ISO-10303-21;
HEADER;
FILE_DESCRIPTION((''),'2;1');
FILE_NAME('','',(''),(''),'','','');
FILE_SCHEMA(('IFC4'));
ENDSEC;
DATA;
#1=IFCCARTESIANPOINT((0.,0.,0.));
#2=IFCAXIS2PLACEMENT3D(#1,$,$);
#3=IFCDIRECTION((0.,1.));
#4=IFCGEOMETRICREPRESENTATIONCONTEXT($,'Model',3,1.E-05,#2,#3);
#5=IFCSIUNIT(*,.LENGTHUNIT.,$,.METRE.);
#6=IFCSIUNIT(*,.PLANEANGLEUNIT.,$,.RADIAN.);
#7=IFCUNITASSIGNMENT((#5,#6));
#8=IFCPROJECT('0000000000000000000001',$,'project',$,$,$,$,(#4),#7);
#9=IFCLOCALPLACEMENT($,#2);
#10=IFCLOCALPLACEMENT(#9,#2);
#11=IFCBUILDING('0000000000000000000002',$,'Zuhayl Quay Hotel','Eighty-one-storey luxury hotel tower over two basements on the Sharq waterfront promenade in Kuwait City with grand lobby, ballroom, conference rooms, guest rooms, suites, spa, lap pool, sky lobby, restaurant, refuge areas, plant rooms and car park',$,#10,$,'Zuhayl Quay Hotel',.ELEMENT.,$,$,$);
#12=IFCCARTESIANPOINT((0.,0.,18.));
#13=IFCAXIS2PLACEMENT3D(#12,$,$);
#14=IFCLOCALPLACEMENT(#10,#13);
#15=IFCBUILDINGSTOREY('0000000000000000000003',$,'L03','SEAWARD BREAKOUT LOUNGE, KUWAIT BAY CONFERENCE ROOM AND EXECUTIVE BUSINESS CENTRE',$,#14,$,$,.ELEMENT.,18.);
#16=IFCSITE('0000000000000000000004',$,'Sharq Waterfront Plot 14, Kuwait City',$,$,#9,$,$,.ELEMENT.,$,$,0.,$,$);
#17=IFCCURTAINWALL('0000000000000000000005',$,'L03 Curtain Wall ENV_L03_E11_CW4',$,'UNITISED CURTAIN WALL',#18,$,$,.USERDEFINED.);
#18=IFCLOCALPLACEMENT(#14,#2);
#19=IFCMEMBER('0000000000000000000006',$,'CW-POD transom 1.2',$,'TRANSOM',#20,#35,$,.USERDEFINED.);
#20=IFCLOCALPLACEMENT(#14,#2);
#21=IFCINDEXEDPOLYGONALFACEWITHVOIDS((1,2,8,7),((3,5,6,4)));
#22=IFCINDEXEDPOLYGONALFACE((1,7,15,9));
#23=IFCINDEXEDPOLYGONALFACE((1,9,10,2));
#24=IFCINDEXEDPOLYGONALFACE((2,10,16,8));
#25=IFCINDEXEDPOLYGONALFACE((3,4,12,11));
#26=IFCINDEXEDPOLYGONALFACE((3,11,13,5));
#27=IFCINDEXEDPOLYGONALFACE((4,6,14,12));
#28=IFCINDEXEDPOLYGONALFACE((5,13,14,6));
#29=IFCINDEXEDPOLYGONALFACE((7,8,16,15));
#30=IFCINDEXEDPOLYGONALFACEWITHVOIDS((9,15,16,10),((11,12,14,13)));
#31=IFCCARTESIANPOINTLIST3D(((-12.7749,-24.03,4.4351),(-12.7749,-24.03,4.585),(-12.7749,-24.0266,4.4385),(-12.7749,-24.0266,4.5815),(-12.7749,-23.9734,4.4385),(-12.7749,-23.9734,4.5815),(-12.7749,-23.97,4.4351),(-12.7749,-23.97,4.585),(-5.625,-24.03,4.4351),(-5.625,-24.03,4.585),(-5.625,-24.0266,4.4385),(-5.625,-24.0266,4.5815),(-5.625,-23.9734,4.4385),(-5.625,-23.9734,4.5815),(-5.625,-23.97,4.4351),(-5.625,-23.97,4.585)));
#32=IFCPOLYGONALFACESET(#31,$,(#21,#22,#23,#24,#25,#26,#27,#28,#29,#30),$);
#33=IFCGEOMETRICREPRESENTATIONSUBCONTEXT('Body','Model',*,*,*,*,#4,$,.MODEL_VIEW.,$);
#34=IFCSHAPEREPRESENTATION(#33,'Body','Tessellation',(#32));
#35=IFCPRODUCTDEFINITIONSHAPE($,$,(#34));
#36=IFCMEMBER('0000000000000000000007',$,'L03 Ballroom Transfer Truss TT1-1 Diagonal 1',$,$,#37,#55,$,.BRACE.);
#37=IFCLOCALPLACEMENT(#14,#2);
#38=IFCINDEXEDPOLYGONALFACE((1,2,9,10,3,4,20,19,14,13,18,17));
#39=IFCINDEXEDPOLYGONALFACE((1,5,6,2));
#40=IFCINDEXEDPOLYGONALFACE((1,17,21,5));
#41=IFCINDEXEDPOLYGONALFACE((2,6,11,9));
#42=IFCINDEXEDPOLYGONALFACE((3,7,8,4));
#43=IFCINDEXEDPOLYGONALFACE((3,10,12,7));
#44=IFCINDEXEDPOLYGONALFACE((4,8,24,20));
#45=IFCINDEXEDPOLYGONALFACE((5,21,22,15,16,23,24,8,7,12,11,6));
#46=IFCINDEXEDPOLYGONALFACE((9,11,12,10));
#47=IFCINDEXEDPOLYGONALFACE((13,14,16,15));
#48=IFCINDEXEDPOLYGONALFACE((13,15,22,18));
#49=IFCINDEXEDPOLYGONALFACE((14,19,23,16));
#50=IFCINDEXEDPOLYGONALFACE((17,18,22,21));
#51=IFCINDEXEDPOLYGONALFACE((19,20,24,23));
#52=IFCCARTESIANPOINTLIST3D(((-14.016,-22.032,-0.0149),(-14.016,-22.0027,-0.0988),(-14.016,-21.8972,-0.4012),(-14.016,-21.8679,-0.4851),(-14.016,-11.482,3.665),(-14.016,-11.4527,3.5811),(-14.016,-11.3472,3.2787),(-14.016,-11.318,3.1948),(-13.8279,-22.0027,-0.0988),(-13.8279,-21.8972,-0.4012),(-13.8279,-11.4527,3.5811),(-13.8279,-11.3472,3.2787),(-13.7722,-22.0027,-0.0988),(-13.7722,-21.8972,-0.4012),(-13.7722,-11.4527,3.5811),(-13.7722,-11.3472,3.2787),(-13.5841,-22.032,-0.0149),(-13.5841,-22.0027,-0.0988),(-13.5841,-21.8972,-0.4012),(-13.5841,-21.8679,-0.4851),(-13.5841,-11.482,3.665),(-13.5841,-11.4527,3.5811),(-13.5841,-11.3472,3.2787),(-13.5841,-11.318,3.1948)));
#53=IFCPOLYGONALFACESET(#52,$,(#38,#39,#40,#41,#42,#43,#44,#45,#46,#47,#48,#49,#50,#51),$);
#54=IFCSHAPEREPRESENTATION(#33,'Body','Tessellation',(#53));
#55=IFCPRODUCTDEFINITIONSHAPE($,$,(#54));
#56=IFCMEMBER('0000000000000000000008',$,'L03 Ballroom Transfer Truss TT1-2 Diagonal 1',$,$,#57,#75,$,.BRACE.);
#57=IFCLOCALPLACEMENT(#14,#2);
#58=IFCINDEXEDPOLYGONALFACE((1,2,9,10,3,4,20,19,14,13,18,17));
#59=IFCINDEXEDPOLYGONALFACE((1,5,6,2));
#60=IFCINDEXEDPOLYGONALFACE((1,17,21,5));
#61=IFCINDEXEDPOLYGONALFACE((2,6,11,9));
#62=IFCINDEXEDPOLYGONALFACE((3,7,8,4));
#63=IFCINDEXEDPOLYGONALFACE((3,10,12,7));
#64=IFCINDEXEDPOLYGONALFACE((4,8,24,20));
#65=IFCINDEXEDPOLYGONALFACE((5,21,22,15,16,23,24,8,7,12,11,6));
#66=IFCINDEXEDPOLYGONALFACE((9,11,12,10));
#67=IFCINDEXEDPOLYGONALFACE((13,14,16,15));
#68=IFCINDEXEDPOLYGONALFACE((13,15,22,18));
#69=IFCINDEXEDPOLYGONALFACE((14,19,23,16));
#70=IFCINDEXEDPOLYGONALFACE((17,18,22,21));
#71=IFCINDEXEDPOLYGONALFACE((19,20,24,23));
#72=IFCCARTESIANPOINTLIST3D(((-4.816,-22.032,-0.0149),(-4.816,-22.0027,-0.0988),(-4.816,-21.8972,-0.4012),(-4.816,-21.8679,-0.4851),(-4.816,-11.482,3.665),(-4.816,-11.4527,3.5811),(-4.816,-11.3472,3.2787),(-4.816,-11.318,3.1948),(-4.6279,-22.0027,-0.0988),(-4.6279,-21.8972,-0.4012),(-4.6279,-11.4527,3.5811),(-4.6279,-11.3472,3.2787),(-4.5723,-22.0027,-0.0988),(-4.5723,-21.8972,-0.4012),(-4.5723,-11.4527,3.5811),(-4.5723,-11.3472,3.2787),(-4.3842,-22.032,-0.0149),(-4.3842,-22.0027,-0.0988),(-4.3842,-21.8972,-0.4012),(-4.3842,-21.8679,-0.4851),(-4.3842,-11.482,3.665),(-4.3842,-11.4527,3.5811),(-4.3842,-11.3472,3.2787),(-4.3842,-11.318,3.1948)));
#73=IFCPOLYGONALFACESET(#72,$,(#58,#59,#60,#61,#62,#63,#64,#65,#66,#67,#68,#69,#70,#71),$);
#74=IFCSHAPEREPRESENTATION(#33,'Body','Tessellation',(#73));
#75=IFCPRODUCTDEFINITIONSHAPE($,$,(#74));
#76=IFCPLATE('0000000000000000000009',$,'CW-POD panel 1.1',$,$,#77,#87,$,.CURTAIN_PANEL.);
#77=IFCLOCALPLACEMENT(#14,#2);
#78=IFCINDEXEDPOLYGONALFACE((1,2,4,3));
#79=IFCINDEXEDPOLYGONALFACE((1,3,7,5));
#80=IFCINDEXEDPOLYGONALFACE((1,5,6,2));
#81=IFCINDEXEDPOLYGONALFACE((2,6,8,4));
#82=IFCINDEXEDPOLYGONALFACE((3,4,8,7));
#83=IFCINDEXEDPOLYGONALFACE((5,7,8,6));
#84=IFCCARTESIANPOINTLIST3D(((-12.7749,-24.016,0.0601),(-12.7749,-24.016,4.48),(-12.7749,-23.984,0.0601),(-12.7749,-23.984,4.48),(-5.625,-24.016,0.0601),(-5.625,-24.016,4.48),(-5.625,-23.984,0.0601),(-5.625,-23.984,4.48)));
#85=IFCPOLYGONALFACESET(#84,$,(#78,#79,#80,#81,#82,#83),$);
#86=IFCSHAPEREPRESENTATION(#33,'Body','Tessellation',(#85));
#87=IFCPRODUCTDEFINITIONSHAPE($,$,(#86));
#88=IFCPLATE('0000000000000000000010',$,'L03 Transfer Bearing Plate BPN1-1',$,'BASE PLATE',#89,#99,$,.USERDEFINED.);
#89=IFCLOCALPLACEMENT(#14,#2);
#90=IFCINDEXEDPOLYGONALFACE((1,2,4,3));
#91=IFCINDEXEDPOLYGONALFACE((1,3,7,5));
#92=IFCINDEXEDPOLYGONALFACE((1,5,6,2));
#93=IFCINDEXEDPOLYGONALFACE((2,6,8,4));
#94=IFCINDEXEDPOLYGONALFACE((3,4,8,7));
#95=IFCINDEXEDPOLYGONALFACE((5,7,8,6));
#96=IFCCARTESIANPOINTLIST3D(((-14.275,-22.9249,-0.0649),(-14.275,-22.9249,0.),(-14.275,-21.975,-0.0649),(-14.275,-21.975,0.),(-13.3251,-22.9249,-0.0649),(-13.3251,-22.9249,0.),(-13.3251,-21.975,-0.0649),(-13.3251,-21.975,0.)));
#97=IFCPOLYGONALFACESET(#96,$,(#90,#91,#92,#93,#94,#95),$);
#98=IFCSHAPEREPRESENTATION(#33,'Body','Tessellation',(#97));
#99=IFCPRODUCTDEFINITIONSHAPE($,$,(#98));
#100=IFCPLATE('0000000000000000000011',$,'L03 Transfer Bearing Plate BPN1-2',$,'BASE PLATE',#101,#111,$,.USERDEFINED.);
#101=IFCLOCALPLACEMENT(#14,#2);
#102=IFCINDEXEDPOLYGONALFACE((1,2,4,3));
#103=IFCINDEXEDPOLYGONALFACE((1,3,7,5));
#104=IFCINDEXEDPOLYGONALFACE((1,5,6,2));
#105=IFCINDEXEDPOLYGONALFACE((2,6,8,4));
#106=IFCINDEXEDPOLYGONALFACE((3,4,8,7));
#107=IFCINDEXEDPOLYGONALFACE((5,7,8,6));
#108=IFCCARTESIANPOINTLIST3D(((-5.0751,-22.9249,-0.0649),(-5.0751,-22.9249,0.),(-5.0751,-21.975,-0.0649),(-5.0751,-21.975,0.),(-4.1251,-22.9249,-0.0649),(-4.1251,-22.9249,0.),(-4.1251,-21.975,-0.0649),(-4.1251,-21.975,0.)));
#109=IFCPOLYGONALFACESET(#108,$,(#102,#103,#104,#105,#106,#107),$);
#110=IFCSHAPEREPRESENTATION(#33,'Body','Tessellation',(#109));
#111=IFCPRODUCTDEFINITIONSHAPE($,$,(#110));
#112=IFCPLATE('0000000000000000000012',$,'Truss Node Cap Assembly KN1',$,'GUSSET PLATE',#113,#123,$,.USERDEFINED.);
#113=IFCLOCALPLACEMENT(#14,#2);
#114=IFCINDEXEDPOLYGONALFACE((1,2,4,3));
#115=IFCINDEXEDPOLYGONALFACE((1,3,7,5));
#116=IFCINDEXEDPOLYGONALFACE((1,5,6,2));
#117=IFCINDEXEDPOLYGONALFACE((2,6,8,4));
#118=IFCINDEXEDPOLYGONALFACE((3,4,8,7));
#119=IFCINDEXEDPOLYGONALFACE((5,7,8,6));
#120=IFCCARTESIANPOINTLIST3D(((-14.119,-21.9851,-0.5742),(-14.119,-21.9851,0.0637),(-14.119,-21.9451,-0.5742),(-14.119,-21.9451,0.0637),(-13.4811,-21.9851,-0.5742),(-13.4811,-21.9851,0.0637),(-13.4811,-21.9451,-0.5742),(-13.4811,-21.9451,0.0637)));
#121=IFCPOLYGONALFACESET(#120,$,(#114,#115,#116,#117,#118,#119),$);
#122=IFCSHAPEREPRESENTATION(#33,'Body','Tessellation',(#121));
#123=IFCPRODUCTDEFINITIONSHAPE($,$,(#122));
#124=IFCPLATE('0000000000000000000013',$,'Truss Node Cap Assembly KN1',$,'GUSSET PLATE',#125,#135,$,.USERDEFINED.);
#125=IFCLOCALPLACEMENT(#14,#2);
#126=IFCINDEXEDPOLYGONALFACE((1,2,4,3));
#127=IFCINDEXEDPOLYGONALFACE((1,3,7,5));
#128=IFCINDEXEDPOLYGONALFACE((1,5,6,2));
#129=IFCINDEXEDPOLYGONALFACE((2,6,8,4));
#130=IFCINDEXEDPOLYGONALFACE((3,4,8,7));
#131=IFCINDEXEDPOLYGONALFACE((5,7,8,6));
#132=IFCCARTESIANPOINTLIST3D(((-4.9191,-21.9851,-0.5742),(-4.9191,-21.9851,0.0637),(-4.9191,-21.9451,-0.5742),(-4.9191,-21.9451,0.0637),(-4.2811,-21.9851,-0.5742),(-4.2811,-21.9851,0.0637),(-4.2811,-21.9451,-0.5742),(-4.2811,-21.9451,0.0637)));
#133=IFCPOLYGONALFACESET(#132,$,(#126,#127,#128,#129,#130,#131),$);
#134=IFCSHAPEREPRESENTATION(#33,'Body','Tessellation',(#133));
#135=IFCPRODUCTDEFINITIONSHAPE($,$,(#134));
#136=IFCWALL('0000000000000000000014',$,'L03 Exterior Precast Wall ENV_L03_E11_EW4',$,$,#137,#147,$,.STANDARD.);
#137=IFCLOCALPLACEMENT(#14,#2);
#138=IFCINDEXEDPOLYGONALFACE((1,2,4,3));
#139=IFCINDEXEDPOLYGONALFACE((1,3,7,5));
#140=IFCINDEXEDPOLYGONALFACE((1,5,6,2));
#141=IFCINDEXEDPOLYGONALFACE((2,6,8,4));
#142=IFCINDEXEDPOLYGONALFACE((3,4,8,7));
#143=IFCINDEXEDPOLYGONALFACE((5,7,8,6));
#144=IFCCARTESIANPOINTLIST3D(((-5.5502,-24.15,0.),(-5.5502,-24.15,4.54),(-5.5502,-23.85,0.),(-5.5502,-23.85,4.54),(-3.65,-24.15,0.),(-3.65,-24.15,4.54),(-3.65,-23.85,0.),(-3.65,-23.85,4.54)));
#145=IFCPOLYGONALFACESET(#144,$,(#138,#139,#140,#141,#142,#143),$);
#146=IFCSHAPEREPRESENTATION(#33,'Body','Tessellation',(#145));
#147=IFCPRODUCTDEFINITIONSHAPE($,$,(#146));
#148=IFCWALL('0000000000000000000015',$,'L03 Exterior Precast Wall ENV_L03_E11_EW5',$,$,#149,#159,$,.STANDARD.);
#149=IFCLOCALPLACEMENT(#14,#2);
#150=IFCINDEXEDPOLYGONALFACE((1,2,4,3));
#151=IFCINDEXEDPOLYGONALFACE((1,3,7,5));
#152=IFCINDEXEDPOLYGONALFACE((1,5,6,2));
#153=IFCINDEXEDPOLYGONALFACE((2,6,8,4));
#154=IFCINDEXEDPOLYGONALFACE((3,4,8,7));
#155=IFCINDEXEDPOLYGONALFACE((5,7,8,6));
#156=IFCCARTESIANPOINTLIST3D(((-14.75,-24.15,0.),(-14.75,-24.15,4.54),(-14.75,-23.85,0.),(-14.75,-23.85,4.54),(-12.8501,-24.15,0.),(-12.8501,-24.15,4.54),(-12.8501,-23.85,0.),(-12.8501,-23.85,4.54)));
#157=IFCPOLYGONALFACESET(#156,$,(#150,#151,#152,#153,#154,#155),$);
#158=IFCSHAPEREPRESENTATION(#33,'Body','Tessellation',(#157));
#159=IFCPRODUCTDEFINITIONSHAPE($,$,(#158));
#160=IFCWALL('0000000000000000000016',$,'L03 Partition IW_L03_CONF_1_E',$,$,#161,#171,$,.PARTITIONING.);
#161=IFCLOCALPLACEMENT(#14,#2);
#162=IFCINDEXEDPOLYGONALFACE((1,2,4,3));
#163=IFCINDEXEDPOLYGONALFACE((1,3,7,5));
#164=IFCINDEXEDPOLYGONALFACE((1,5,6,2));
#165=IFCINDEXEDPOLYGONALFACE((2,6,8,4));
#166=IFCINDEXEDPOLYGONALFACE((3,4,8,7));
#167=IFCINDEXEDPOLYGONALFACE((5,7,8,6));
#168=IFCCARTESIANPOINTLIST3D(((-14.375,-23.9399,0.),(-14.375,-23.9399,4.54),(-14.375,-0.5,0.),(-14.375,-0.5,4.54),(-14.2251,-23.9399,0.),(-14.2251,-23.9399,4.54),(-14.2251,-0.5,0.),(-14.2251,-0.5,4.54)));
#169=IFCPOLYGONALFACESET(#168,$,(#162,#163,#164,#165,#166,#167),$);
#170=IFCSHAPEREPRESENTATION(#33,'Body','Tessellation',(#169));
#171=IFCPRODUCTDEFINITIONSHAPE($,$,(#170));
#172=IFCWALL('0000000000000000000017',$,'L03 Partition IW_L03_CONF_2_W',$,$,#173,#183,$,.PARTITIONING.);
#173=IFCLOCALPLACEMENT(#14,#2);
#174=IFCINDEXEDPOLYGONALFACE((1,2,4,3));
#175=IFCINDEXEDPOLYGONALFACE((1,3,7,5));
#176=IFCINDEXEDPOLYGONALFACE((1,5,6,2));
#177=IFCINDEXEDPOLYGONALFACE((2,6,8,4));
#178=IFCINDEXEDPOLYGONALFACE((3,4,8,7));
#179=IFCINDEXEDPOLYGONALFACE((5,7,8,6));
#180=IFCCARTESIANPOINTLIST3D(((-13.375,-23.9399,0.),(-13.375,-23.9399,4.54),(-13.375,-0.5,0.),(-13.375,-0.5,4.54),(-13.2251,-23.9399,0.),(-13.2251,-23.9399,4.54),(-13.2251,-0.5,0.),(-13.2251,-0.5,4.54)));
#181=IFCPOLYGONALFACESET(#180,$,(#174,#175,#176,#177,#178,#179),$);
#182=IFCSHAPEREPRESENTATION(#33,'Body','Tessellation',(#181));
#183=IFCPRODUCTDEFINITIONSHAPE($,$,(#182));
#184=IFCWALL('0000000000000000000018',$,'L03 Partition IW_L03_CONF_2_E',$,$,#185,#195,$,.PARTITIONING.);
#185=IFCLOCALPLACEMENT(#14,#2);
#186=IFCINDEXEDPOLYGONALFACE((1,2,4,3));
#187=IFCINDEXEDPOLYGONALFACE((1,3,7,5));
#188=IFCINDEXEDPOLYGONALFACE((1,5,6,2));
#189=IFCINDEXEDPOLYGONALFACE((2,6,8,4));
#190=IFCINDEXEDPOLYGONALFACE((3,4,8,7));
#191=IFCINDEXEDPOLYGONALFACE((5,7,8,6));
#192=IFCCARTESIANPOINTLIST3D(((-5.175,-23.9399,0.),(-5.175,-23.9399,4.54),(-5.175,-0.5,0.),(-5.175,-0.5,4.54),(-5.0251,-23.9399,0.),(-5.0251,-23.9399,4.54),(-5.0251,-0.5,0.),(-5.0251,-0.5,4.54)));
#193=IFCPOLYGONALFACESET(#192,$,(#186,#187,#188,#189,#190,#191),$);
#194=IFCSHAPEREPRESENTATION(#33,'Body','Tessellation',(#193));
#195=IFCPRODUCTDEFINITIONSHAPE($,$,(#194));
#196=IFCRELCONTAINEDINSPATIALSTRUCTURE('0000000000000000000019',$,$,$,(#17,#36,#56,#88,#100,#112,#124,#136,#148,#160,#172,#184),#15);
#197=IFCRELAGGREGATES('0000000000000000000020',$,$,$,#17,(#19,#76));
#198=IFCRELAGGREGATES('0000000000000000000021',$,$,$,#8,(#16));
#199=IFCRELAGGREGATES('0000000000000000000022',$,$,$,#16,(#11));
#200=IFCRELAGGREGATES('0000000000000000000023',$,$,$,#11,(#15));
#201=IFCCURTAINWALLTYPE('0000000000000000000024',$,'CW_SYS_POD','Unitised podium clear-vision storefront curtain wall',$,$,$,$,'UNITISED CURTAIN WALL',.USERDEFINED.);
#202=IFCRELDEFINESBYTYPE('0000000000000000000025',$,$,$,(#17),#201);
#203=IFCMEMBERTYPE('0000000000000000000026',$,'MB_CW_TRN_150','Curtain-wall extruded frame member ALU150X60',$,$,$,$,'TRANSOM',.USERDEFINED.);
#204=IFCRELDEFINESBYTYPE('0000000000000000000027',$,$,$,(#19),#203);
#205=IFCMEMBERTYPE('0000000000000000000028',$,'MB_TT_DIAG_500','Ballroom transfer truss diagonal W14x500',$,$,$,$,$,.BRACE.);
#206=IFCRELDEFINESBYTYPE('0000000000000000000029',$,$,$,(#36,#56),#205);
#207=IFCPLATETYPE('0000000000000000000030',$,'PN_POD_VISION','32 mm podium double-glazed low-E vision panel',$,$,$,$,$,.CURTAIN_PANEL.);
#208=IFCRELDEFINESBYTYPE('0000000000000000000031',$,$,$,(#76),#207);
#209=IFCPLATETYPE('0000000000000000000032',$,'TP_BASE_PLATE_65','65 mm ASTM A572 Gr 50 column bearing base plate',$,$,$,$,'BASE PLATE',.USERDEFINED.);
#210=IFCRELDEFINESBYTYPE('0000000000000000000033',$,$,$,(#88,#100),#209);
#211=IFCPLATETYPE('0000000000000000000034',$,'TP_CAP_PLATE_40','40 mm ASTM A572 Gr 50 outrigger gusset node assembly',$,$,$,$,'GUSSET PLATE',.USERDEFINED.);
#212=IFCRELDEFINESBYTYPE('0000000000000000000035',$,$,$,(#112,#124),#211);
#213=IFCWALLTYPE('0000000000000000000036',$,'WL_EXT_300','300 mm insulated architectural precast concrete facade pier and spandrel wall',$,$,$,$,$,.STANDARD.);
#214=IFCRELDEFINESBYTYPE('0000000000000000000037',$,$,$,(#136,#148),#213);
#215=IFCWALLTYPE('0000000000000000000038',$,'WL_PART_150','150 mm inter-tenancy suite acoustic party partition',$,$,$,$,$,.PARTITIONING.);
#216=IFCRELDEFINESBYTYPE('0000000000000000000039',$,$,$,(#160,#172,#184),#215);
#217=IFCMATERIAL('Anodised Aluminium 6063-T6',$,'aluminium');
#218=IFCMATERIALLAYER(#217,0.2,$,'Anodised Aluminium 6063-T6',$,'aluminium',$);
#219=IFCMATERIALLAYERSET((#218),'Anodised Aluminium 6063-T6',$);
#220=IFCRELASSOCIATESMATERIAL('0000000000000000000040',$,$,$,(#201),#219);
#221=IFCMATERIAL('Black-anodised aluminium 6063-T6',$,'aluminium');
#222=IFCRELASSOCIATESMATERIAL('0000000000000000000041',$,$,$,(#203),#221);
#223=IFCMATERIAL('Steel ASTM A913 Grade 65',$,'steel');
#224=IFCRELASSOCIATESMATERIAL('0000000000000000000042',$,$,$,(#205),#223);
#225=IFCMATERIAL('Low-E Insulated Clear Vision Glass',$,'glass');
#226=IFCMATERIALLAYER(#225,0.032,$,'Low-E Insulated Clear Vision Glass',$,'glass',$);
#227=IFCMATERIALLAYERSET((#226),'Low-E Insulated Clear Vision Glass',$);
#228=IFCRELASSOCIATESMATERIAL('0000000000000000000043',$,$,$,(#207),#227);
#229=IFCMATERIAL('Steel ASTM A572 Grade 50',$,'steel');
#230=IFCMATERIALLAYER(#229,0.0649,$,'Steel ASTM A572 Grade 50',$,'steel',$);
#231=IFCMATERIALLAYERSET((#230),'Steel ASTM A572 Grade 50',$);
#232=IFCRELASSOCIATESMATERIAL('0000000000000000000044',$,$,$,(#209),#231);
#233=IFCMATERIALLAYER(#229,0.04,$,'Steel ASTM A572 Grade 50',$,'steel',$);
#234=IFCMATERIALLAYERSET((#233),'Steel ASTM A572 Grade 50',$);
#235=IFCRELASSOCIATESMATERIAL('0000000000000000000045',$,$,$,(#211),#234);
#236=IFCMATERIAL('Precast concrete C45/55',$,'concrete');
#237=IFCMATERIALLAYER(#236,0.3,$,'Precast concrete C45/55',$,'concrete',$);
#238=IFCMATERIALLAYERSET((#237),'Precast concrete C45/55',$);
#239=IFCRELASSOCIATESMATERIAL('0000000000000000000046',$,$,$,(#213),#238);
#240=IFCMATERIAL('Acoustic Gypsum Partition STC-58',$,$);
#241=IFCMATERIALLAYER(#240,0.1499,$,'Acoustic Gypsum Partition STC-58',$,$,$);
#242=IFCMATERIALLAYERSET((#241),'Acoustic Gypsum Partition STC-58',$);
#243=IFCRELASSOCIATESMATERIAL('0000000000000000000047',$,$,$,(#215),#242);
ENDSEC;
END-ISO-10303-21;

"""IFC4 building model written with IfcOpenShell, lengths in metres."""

from ifc_helpers import new_model, si_unit, direction, frame, frame_2d, origin, origin_2d, place, context, subcontext, project, spatial, rectangle, hollow_rectangle, i_section, extrude, material, layer, layer_set, material_profile, profile_set, type_object, element, aggregate, save


model = new_model("IFC4")

# Units and contexts
model_context = context("Model", 3, precision=1e-05, world=origin(), true_north=direction((0.0, 1.0)))
body_context = subcontext(model_context, "Body", "Model", "MODEL_VIEW")
ifc_project = project(units=[si_unit("LENGTHUNIT", "METRE"), si_unit("PLANEANGLEUNIT", "RADIAN")], contexts=[model_context])

# Site, building, storey
site_placement = place(None, origin())
site = spatial("IfcSite", under=ifc_project, at=site_placement, Name="Sharq Waterfront Plot 14, Kuwait City", CompositionType="ELEMENT", RefElevation=0.0)
building_placement = place(site_placement, origin())
building = spatial("IfcBuilding", under=site, at=building_placement, Name="Zuhayl Quay Hotel", Description="Eighty-one-storey luxury hotel tower over two basements on the Sharq waterfront promenade in Kuwait City with grand lobby, ballroom, conference rooms, guest rooms, suites, spa, lap pool, sky lobby, restaurant, refuge areas, plant rooms and car park", LongName="Zuhayl Quay Hotel", CompositionType="ELEMENT")
storey_placement = place(building_placement, frame((0.0, 0.0, 18.0)))
storey = spatial("IfcBuildingStorey", under=building, at=storey_placement, Name="L03", Description="SEAWARD BREAKOUT LOUNGE, KUWAIT BAY CONFERENCE ROOM AND EXECUTIVE BUSINESS CENTRE", CompositionType="ELEMENT", Elevation=18.0)

# Shared definitions
ifc_material_1 = material(Name="Steel ASTM A913 Grade 65", Category="steel")

# Shared definitions
ifc_material_2 = material(Name="Anodised Aluminium 6063-T6", Category="aluminium")
ifc_layer_1 = layer(ifc_material_2, 0.2, Name="Anodised Aluminium 6063-T6", Category="aluminium")
ifc_layer_set_1 = layer_set([ifc_layer_1], Name="Anodised Aluminium 6063-T6")
curtain_wall_type = type_object("IfcCurtainWallType", Name="CW_SYS_POD", Description="Unitised podium clear-vision storefront curtain wall", ElementType="UNITISED CURTAIN WALL", PredefinedType="USERDEFINED", material=ifc_layer_set_1)
ifc_material_3 = material(Name="Black-anodised aluminium 6063-T6", Category="aluminium")

# Curtain wall, member
curtain_wall_1_placement = place(storey_placement, origin())
curtain_wall_1 = element("IfcCurtainWall", 1, at=curtain_wall_1_placement, inside=storey, type_object=curtain_wall_type, Name="L03 Curtain Wall ENV_L03_E11_CW4", ObjectType="UNITISED CURTAIN WALL", PredefinedType="USERDEFINED")
ifc_material_profile_1 = material_profile(ifc_material_3, hollow_rectangle(XDim=0.0601, YDim=0.1499, WallThickness=0.0034, at=origin_2d()), Name="ALU150X60")
ifc_profile_set_1 = profile_set([ifc_material_profile_1], Name="Black-anodised aluminium 6063-T6")
member_type_1 = type_object("IfcMemberType", Name="MB_CW_TRN_150", Description="Curtain-wall extruded frame member ALU150X60", ElementType="TRANSOM", PredefinedType="USERDEFINED", material=ifc_profile_set_1)
member_1_placement = place(storey_placement, frame((-5.625, -24.0, 4.51), z_axis=(-1.0, 0.0, 0.0), x_axis=(0.0, -1.0, 0.0)))
member_1 = element("IfcMember", 2, at=member_1_placement, type_object=member_type_1, Name="CW-POD transom 1.2", ObjectType="TRANSOM", PredefinedType="USERDEFINED", context=body_context, shape_type="SweptSolid", body=[
    extrude(hollow_rectangle(XDim=0.0601, YDim=0.1499, WallThickness=0.0034, at=origin_2d()), origin(), (0.0, 0.0, 1.0), 7.1499),
])

# Members
ifc_material_profile_2 = material_profile(ifc_material_1, i_section(OverallWidth=0.4319, OverallDepth=0.498, WebThickness=0.0557, FlangeThickness=0.0889, at=origin_2d()), Name="W14X500")
ifc_profile_set_2 = profile_set([ifc_material_profile_2], Name="Steel ASTM A913 Grade 65")
member_type_2 = type_object("IfcMemberType", Name="MB_TT_DIAG_500", Description="Ballroom transfer truss diagonal W14x500", PredefinedType="BRACE", material=ifc_profile_set_2)
for number, where, z_axis, x_axis, name in (
    (3, (-13.8, -21.95, -0.25), (0.0, 0.944209, 0.329347), (-1.0, 0.0, 0.0), "L03 Ballroom Transfer Truss TT1-1 Diagonal 1"),
    (4, (-4.6001, -21.95, -0.25), (0.0, 0.944209, 0.329347), (-1.0, 0.0, 0.0), "L03 Ballroom Transfer Truss TT1-2 Diagonal 1"),
):
    element("IfcMember", number, at=place(storey_placement, frame(where, z_axis=z_axis, x_axis=x_axis)), inside=storey, type_object=member_type_2, Name=name, PredefinedType="BRACE", context=body_context, shape_type="SweptSolid", body=[
        extrude(i_section(OverallWidth=0.4319, OverallDepth=0.498, WebThickness=0.0557, FlangeThickness=0.0889, at=origin_2d()), origin(), (0.0, 0.0, 1.0), 11.1733),
    ])

# Plate
ifc_material_4 = material(Name="Low-E Insulated Clear Vision Glass", Category="glass")
ifc_layer_2 = layer(ifc_material_4, 0.032, Name="Low-E Insulated Clear Vision Glass", Category="glass")
ifc_layer_set_2 = layer_set([ifc_layer_2], Name="Low-E Insulated Clear Vision Glass")
plate_type_1 = type_object("IfcPlateType", Name="PN_POD_VISION", Description="32 mm podium double-glazed low-E vision panel", PredefinedType="CURTAIN_PANEL", material=ifc_layer_set_2)
plate_placement = place(storey_placement, frame((-9.2, -24.0, 0.0601), z_axis=(0.0, 0.0, 1.0), x_axis=(-1.0, 0.0, 0.0)))
plate = element("IfcPlate", 5, at=plate_placement, type_object=plate_type_1, Name="CW-POD panel 1.1", PredefinedType="CURTAIN_PANEL", context=body_context, shape_type="SweptSolid", body=[
    extrude(rectangle(XDim=7.1499, YDim=0.032, at=origin_2d()), origin(), (0.0, 0.0, 1.0), 4.4199),
])
aggregate(curtain_wall_1, [member_1, plate])

# Plates
ifc_material_5 = material(Name="Steel ASTM A572 Grade 50", Category="steel")
ifc_layer_3 = layer(ifc_material_5, 0.0649, Name="Steel ASTM A572 Grade 50", Category="steel")
ifc_layer_set_3 = layer_set([ifc_layer_3], Name="Steel ASTM A572 Grade 50")
plate_type_2 = type_object("IfcPlateType", Name="TP_BASE_PLATE_65", Description="65 mm ASTM A572 Gr 50 column bearing base plate", ElementType="BASE PLATE", PredefinedType="USERDEFINED", material=ifc_layer_set_3)
for number, where, z_axis, x_axis, name in (
    (6, (-13.8, -22.45, -0.0649), (0.0, 0.0, 1.0), (1.0, 0.0, 0.0), "L03 Transfer Bearing Plate BPN1-1"),
    (7, (-4.6001, -22.45, -0.0649), (0.0, 0.0, 1.0), (1.0, 0.0, 0.0), "L03 Transfer Bearing Plate BPN1-2"),
):
    element("IfcPlate", number, at=place(storey_placement, frame(where, z_axis=z_axis, x_axis=x_axis)), inside=storey, type_object=plate_type_2, Name=name, ObjectType="BASE PLATE", PredefinedType="USERDEFINED", context=body_context, shape_type="SweptSolid", body=[
        extrude(rectangle(XDim=0.95, YDim=0.95, at=origin_2d()), origin(), (0.0, 0.0, 1.0), 0.0649),
    ])
ifc_layer_4 = layer(ifc_material_5, 0.04, Name="Steel ASTM A572 Grade 50", Category="steel")
ifc_layer_set_4 = layer_set([ifc_layer_4], Name="Steel ASTM A572 Grade 50")
plate_type_3 = type_object("IfcPlateType", Name="TP_CAP_PLATE_40", Description="40 mm ASTM A572 Gr 50 outrigger gusset node assembly", ElementType="GUSSET PLATE", PredefinedType="USERDEFINED", material=ifc_layer_set_4)
for number, where, z_axis, x_axis, name in (
    (8, (-13.8, -21.9651, -0.5742), (0.0, 0.0, 1.0), (0.0, -1.0, 0.0), "Truss Node Cap Assembly KN1"),
    (9, (-4.6001, -21.9651, -0.5742), (0.0, 0.0, 1.0), (0.0, -1.0, 0.0), "Truss Node Cap Assembly KN1"),
):
    element("IfcPlate", number, at=place(storey_placement, frame(where, z_axis=z_axis, x_axis=x_axis)), inside=storey, type_object=plate_type_3, Name=name, ObjectType="GUSSET PLATE", PredefinedType="USERDEFINED", context=body_context, shape_type="SweptSolid", body=[
        extrude(rectangle(XDim=0.04, YDim=0.6379, at=origin_2d()), origin(), (0.0, 0.0, 1.0), 0.6379),
    ])

# Walls
ifc_material_6 = material(Name="Precast concrete C45/55", Category="concrete")
ifc_layer_5 = layer(ifc_material_6, 0.3, Name="Precast concrete C45/55", Category="concrete")
ifc_layer_set_5 = layer_set([ifc_layer_5], Name="Precast concrete C45/55")
wall_type_1 = type_object("IfcWallType", Name="WL_EXT_300", Description="300 mm insulated architectural precast concrete facade pier and spandrel wall", PredefinedType="STANDARD", material=ifc_layer_set_5)
wall_1_placement = place(storey_placement, frame((-3.6499, -24.0, 0.0), z_axis=(0.0, 0.0, 1.0), x_axis=(-1.0, 0.0, 0.0)))
element("IfcWall", 10, at=wall_1_placement, inside=storey, type_object=wall_type_1, Name="L03 Exterior Precast Wall ENV_L03_E11_EW4", PredefinedType="STANDARD", context=body_context, shape_type="SweptSolid", body=[
    extrude(rectangle(XDim=1.9001, YDim=0.3, at=frame_2d((0.9502, 0.0))), origin(), (0.0, 0.0, 1.0), 4.54),
])
wall_2_placement = place(storey_placement, frame((-12.8501, -24.0, 0.0), z_axis=(0.0, 0.0, 1.0), x_axis=(-1.0, 0.0, 0.0)))
element("IfcWall", 11, at=wall_2_placement, inside=storey, type_object=wall_type_1, Name="L03 Exterior Precast Wall ENV_L03_E11_EW5", PredefinedType="STANDARD", context=body_context, shape_type="SweptSolid", body=[
    extrude(rectangle(XDim=1.8999, YDim=0.3, at=frame_2d((0.95, 0.0))), origin(), (0.0, 0.0, 1.0), 4.54),
])
ifc_material_7 = material(Name="Acoustic Gypsum Partition STC-58")
ifc_layer_6 = layer(ifc_material_7, 0.1499, Name="Acoustic Gypsum Partition STC-58")
ifc_layer_set_6 = layer_set([ifc_layer_6], Name="Acoustic Gypsum Partition STC-58")
wall_type_2 = type_object("IfcWallType", Name="WL_PART_150", Description="150 mm inter-tenancy suite acoustic party partition", PredefinedType="PARTITIONING", material=ifc_layer_set_6)
for number, where, z_axis, x_axis, name in (
    (12, (-14.3, -23.9399, 0.0), (0.0, 0.0, 1.0), (0.0, 1.0, 0.0), "L03 Partition IW_L03_CONF_1_E"),
    (13, (-13.3, -23.9399, 0.0), (0.0, 0.0, 1.0), (0.0, 1.0, 0.0), "L03 Partition IW_L03_CONF_2_W"),
    (14, (-5.1001, -23.9399, 0.0), (0.0, 0.0, 1.0), (0.0, 1.0, 0.0), "L03 Partition IW_L03_CONF_2_E"),
):
    element("IfcWall", number, at=place(storey_placement, frame(where, z_axis=z_axis, x_axis=x_axis)), inside=storey, type_object=wall_type_2, Name=name, PredefinedType="PARTITIONING", context=body_context, shape_type="SweptSolid", body=[
        extrude(rectangle(XDim=23.4399, YDim=0.1499, at=frame_2d((11.72, 0.0))), origin(), (0.0, 0.0, 1.0), 4.54),
    ])

save(model, "model.ifc")
